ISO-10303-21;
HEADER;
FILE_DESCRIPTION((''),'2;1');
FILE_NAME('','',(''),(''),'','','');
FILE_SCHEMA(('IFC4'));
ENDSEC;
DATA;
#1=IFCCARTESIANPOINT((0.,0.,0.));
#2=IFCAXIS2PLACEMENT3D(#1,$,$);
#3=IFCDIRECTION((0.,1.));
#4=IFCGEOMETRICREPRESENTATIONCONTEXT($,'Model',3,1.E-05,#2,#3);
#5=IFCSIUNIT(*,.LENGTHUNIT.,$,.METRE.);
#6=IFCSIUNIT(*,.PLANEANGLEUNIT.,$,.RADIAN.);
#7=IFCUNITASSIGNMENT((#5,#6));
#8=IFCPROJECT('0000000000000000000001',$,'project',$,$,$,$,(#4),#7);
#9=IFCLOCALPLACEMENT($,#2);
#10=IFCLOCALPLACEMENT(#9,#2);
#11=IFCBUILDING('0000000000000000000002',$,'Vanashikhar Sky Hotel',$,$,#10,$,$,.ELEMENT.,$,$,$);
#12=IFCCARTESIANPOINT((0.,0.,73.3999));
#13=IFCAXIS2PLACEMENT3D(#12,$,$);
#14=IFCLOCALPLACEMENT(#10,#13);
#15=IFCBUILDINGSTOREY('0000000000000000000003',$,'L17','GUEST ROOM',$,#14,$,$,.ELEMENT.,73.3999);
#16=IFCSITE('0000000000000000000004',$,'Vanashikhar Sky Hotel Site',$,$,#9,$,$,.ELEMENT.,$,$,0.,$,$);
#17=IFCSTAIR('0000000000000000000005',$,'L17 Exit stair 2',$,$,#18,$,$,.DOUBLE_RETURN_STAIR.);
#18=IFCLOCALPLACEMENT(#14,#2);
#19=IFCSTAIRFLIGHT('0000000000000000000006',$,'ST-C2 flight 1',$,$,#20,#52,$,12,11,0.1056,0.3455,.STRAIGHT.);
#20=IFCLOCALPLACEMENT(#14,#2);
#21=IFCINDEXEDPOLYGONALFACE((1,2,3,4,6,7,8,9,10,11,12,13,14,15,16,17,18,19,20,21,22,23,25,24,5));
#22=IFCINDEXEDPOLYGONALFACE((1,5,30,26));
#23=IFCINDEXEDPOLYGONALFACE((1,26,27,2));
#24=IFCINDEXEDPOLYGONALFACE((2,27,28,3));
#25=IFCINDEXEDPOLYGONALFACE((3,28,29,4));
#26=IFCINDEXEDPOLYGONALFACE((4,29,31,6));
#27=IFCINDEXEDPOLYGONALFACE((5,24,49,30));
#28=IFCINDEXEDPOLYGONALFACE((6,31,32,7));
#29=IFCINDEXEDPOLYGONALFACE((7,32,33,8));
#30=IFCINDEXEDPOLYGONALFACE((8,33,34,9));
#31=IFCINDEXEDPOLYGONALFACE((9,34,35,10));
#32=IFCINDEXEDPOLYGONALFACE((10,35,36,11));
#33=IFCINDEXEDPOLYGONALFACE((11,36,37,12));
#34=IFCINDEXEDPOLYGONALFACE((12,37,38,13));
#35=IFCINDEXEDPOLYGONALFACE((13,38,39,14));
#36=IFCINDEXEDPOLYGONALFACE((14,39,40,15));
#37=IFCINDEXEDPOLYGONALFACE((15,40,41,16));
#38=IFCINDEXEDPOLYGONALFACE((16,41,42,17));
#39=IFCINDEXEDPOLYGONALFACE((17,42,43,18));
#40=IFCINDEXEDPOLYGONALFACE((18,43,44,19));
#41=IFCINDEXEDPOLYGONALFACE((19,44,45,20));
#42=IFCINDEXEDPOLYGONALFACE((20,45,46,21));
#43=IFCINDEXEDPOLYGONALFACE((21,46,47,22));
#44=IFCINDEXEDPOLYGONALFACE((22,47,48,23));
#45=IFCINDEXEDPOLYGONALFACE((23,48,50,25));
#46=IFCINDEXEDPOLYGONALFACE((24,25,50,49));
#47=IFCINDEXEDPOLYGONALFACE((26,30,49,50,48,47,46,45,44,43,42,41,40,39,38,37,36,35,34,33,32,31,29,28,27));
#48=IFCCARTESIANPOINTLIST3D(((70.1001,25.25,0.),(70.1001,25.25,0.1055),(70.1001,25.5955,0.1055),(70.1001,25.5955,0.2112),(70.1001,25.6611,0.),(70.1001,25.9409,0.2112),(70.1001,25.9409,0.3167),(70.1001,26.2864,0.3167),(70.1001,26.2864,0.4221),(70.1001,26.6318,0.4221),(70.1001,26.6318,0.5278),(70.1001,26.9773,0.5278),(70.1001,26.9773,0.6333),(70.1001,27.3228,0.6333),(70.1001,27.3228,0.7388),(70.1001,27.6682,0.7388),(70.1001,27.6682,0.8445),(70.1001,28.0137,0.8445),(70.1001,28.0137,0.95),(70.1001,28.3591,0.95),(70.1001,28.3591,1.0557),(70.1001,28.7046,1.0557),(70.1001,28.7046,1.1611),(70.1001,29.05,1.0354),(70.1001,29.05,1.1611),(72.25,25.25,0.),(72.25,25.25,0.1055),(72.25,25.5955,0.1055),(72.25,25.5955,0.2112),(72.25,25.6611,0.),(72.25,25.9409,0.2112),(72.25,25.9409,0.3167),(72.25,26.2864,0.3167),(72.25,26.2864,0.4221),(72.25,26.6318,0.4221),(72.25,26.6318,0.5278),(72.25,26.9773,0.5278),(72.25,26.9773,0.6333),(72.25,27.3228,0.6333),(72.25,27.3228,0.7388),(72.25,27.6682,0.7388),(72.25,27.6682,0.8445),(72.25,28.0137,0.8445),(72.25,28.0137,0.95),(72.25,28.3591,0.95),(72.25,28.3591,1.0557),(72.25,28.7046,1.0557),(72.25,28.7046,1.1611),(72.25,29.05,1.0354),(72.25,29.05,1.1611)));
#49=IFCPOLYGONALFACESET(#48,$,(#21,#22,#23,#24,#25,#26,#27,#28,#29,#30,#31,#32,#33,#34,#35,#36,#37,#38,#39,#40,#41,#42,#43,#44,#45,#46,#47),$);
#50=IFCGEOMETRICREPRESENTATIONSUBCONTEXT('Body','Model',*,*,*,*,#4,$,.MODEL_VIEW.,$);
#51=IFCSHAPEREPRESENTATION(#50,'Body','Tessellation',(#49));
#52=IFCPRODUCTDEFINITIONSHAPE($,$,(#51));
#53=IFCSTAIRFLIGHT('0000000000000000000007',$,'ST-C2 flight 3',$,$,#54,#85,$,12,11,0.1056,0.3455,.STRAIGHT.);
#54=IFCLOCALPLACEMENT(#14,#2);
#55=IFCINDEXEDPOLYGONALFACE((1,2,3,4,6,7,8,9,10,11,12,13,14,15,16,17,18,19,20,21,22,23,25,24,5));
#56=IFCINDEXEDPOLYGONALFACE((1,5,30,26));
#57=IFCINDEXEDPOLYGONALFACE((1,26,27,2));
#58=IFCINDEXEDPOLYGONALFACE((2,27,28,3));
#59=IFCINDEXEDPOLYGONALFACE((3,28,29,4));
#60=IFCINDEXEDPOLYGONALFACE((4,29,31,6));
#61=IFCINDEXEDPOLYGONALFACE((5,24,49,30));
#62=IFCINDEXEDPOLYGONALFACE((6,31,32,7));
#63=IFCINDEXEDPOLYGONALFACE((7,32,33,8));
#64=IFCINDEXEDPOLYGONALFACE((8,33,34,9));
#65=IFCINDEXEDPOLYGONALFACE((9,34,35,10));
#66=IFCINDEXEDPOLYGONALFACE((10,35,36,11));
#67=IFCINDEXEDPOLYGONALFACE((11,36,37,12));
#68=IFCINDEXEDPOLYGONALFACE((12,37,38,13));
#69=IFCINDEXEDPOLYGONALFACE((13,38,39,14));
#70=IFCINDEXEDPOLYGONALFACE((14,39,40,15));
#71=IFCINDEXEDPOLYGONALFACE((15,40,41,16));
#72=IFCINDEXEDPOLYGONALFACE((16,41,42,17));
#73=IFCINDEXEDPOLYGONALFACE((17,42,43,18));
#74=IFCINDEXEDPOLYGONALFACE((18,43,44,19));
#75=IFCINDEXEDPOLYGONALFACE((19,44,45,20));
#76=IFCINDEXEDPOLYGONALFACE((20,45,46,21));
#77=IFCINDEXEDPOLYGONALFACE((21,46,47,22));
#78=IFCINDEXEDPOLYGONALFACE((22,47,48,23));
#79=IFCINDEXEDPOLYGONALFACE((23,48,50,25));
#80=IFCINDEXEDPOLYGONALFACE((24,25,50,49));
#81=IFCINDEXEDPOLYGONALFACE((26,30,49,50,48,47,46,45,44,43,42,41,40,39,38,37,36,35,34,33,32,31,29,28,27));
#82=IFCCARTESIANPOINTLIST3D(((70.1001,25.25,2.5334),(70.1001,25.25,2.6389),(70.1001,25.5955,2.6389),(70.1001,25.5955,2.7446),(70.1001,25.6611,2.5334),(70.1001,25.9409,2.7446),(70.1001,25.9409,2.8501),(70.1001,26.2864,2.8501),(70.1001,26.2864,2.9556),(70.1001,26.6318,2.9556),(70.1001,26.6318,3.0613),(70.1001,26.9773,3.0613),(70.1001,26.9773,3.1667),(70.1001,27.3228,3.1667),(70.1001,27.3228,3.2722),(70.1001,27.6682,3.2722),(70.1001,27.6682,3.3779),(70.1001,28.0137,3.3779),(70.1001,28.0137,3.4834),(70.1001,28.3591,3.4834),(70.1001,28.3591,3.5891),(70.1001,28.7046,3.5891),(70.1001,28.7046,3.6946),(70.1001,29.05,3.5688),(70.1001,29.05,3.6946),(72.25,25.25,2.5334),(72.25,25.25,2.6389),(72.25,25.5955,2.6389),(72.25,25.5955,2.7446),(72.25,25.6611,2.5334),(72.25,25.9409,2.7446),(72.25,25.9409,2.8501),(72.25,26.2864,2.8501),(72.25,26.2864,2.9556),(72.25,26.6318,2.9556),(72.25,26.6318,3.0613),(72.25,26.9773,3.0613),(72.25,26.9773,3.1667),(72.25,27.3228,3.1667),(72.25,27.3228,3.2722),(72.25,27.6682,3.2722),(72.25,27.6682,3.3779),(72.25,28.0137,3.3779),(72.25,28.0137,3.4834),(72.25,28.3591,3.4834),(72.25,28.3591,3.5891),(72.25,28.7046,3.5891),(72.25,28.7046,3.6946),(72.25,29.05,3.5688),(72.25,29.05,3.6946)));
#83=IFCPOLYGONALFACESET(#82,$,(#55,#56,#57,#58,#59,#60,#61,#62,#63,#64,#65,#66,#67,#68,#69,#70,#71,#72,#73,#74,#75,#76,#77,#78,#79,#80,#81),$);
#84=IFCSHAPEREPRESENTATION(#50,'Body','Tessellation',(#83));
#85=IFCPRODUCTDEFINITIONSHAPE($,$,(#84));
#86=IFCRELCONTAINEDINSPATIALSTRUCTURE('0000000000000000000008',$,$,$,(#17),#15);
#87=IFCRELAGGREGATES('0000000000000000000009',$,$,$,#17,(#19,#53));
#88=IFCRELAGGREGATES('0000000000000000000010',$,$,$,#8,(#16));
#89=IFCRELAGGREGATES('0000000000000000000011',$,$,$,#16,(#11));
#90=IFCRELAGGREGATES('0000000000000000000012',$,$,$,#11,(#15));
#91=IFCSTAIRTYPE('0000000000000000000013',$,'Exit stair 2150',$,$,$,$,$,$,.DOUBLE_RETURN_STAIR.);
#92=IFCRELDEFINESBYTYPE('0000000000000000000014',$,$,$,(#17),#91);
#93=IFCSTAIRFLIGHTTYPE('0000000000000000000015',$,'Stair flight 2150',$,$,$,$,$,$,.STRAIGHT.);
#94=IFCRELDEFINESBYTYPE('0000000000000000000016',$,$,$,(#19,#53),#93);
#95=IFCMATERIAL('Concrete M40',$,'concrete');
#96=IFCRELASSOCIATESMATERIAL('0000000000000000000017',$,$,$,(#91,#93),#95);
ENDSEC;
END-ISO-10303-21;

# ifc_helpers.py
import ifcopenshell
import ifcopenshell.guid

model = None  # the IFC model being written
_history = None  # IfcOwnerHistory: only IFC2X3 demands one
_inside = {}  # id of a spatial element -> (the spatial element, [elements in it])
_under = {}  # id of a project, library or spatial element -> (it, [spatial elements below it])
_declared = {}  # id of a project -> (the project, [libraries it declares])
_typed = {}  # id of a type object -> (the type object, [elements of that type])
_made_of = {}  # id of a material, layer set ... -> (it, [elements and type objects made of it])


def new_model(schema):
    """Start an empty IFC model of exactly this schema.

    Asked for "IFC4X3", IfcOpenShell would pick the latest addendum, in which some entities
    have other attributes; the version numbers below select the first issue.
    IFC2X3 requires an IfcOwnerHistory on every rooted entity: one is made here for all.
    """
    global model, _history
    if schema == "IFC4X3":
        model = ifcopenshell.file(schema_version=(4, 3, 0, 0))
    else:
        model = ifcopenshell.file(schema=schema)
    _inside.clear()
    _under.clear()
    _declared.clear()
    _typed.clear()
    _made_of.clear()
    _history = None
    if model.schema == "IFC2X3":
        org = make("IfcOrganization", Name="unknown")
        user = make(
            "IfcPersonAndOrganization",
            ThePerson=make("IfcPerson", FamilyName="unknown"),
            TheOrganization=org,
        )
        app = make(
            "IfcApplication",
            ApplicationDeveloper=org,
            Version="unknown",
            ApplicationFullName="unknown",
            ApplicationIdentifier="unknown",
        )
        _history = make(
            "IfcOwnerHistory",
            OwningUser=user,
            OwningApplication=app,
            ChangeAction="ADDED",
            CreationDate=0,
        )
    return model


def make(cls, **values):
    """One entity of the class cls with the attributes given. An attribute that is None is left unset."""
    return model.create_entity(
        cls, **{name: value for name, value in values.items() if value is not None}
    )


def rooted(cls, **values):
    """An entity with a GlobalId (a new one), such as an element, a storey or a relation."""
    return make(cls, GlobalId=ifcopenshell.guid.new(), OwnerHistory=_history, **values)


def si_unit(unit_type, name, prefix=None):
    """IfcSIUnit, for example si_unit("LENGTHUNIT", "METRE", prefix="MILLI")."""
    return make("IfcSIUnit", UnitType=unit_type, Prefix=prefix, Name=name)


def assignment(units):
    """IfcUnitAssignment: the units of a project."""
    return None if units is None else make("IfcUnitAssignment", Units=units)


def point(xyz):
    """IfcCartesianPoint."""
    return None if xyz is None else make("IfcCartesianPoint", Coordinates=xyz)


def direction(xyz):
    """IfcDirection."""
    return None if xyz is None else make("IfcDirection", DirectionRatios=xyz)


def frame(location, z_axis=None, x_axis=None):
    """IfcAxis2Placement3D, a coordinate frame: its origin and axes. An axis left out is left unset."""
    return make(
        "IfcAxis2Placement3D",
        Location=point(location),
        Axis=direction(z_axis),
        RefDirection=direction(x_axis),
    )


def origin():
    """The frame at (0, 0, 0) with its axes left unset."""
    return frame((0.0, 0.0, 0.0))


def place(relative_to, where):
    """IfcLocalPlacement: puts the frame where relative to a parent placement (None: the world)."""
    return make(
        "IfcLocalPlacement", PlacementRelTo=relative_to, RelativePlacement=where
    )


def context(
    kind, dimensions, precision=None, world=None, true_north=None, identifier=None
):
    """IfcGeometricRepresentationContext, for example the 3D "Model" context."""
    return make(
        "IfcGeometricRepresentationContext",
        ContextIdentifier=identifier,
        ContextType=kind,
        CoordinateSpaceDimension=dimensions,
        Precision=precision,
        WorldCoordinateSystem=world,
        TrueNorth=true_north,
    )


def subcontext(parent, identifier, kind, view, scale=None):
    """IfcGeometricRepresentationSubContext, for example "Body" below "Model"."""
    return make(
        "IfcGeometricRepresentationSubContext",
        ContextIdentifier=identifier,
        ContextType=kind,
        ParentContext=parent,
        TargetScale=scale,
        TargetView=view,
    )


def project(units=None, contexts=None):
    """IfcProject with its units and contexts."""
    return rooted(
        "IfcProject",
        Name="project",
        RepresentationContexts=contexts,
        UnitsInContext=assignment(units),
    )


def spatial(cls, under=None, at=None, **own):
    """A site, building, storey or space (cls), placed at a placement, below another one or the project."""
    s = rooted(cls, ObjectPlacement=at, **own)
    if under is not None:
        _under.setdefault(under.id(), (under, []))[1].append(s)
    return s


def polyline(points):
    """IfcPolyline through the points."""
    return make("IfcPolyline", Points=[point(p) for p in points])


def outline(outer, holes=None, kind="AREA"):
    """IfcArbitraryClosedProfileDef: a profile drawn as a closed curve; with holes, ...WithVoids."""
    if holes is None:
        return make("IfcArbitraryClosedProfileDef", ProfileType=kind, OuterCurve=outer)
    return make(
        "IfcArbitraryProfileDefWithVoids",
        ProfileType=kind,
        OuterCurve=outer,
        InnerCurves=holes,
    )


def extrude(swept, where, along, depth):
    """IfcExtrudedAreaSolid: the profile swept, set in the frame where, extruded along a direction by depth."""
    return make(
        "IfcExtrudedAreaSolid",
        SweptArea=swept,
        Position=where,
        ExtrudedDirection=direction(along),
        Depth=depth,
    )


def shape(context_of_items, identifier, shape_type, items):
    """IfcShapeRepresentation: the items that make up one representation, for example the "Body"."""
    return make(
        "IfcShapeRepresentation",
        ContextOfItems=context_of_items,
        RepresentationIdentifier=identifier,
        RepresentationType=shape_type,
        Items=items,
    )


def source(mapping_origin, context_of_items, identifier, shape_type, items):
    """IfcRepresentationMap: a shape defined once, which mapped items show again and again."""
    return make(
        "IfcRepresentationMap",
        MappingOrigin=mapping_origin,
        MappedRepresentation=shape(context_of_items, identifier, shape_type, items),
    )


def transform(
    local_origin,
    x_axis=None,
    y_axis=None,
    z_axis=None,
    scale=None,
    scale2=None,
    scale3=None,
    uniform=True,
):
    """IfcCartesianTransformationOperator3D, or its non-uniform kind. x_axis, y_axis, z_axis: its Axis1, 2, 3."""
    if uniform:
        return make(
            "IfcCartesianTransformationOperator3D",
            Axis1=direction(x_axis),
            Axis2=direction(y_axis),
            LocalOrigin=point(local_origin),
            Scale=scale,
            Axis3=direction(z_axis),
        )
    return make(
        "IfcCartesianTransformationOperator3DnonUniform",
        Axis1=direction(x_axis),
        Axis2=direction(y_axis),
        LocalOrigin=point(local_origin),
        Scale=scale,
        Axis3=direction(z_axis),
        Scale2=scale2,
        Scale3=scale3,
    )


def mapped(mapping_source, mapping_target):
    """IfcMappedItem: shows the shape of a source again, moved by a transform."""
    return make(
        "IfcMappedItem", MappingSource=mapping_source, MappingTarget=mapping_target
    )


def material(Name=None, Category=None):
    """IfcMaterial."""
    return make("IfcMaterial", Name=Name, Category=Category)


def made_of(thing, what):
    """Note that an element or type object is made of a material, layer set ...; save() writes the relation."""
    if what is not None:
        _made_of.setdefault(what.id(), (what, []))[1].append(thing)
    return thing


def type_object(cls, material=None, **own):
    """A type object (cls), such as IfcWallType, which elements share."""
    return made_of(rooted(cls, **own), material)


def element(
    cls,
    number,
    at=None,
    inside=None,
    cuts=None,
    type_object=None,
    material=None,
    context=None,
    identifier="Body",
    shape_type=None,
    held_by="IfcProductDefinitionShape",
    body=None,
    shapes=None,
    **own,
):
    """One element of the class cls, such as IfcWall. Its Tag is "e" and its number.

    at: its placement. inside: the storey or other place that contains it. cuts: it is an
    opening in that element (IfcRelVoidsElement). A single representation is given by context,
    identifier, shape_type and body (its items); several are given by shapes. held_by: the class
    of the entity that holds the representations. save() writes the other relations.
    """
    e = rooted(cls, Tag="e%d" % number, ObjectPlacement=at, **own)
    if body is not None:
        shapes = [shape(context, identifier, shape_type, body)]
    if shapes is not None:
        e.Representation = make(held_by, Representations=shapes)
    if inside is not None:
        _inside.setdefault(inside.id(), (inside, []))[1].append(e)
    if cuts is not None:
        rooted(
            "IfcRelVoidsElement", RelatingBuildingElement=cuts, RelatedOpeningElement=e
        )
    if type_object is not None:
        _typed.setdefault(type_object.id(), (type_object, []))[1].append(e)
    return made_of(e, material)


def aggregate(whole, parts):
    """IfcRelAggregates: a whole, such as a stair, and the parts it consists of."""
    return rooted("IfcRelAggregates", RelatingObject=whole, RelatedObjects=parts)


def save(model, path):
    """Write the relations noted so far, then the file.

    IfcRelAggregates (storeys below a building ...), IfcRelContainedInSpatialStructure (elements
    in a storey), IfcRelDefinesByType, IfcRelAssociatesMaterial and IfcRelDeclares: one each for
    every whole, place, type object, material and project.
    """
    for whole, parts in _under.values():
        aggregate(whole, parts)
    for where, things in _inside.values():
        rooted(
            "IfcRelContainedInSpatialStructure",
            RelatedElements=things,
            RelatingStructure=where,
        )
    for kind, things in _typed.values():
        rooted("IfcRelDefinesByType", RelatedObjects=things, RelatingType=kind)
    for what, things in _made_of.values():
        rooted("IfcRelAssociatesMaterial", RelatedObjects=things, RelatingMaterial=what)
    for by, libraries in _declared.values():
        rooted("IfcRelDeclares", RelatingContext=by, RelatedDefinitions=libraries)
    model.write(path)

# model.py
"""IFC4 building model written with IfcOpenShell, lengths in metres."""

from ifc_helpers import new_model, si_unit, direction, frame, origin, place, context, subcontext, project, spatial, polyline, outline, extrude, source, transform, mapped, material, type_object, element, aggregate, save


model = new_model("IFC4")

# Units and contexts
model_context = context("Model", 3, precision=1e-05, world=origin(), true_north=direction((0.0, 1.0)))
body_context = subcontext(model_context, "Body", "Model", "MODEL_VIEW")
ifc_project = project(units=[si_unit("LENGTHUNIT", "METRE"), si_unit("PLANEANGLEUNIT", "RADIAN")], contexts=[model_context])

# Site, building, storey
site_placement = place(None, origin())
site = spatial("IfcSite", under=ifc_project, at=site_placement, Name="Vanashikhar Sky Hotel Site", CompositionType="ELEMENT", RefElevation=0.0)
building_placement = place(site_placement, origin())
building = spatial("IfcBuilding", under=site, at=building_placement, Name="Vanashikhar Sky Hotel", CompositionType="ELEMENT")
storey_placement = place(building_placement, frame((0.0, 0.0, 73.3999)))
storey = spatial("IfcBuildingStorey", under=building, at=storey_placement, Name="L17", Description="GUEST ROOM", CompositionType="ELEMENT", Elevation=73.3999)

# Stair, stair flights
ifc_material_1 = material(Name="Concrete M40", Category="concrete")
stair_type = type_object("IfcStairType", Name="Exit stair 2150", PredefinedType="DOUBLE_RETURN_STAIR", material=ifc_material_1)
stair_placement = place(storey_placement, origin())
stair = element("IfcStair", 1, at=stair_placement, inside=storey, type_object=stair_type, Name="L17 Exit stair 2", PredefinedType="DOUBLE_RETURN_STAIR")
stair_flight_type = type_object("IfcStairFlightType", Name="Stair flight 2150", PredefinedType="STRAIGHT", material=ifc_material_1)
shared_shape_1 = source(origin(), body_context, "Body", "SweptSolid", [
    extrude(outline(polyline([(0.0, 0.0), (0.0, 0.1055), (0.3455, 0.1055), (0.3455, 0.2112), (0.6909, 0.2112), (0.6909, 0.3167), (1.0364, 0.3167), (1.0364, 0.4221), (1.3818, 0.4221), (1.3818, 0.5278), (1.7273, 0.5278), (1.7273, 0.6333), (2.0728, 0.6333), (2.0728, 0.7388), (2.4182, 0.7388), (2.4182, 0.8445), (2.7637, 0.8445), (2.7637, 0.95), (3.1091, 0.95), (3.1091, 1.0557), (3.4546, 1.0557), (3.4546, 1.1611), (3.8, 1.1611), (3.8, 1.2666), (3.8, 1.0354), (0.4111, 0.0), (0.0, 0.0)])), frame((0.0, 1.075, 0.0), z_axis=(0.0, -1.0, 0.0), x_axis=(1.0, 0.0, 0.0)), (0.0, 0.0, 1.0), 2.1499),
])
stair_flight_1_placement = place(storey_placement, frame((71.175, 25.25, 0.0), z_axis=(0.0, 0.0, 1.0), x_axis=(0.0, 1.0, 0.0)))
stair_flight_1 = element("IfcStairFlight", 2, at=stair_flight_1_placement, type_object=stair_flight_type, Name="ST-C2 flight 1", NumberOfRisers=12, NumberOfTreads=11, PredefinedType="STRAIGHT", RiserHeight=0.1056, TreadLength=0.3455, context=body_context, shape_type="MappedRepresentation", body=[
    mapped(shared_shape_1, transform((0.0, 0.0, 0.0), scale=1.0)),
])
stair_flight_2_placement = place(storey_placement, frame((71.175, 25.25, 2.5334), z_axis=(0.0, 0.0, 1.0), x_axis=(0.0, 1.0, 0.0)))
stair_flight_2 = element("IfcStairFlight", 3, at=stair_flight_2_placement, type_object=stair_flight_type, Name="ST-C2 flight 3", NumberOfRisers=12, NumberOfTreads=11, PredefinedType="STRAIGHT", RiserHeight=0.1056, TreadLength=0.3455, context=body_context, shape_type="MappedRepresentation", body=[
    mapped(shared_shape_1, transform((0.0, 0.0, 0.0), scale=1.0)),
])
aggregate(stair, [stair_flight_1, stair_flight_2])

save(model, "model.ifc")
